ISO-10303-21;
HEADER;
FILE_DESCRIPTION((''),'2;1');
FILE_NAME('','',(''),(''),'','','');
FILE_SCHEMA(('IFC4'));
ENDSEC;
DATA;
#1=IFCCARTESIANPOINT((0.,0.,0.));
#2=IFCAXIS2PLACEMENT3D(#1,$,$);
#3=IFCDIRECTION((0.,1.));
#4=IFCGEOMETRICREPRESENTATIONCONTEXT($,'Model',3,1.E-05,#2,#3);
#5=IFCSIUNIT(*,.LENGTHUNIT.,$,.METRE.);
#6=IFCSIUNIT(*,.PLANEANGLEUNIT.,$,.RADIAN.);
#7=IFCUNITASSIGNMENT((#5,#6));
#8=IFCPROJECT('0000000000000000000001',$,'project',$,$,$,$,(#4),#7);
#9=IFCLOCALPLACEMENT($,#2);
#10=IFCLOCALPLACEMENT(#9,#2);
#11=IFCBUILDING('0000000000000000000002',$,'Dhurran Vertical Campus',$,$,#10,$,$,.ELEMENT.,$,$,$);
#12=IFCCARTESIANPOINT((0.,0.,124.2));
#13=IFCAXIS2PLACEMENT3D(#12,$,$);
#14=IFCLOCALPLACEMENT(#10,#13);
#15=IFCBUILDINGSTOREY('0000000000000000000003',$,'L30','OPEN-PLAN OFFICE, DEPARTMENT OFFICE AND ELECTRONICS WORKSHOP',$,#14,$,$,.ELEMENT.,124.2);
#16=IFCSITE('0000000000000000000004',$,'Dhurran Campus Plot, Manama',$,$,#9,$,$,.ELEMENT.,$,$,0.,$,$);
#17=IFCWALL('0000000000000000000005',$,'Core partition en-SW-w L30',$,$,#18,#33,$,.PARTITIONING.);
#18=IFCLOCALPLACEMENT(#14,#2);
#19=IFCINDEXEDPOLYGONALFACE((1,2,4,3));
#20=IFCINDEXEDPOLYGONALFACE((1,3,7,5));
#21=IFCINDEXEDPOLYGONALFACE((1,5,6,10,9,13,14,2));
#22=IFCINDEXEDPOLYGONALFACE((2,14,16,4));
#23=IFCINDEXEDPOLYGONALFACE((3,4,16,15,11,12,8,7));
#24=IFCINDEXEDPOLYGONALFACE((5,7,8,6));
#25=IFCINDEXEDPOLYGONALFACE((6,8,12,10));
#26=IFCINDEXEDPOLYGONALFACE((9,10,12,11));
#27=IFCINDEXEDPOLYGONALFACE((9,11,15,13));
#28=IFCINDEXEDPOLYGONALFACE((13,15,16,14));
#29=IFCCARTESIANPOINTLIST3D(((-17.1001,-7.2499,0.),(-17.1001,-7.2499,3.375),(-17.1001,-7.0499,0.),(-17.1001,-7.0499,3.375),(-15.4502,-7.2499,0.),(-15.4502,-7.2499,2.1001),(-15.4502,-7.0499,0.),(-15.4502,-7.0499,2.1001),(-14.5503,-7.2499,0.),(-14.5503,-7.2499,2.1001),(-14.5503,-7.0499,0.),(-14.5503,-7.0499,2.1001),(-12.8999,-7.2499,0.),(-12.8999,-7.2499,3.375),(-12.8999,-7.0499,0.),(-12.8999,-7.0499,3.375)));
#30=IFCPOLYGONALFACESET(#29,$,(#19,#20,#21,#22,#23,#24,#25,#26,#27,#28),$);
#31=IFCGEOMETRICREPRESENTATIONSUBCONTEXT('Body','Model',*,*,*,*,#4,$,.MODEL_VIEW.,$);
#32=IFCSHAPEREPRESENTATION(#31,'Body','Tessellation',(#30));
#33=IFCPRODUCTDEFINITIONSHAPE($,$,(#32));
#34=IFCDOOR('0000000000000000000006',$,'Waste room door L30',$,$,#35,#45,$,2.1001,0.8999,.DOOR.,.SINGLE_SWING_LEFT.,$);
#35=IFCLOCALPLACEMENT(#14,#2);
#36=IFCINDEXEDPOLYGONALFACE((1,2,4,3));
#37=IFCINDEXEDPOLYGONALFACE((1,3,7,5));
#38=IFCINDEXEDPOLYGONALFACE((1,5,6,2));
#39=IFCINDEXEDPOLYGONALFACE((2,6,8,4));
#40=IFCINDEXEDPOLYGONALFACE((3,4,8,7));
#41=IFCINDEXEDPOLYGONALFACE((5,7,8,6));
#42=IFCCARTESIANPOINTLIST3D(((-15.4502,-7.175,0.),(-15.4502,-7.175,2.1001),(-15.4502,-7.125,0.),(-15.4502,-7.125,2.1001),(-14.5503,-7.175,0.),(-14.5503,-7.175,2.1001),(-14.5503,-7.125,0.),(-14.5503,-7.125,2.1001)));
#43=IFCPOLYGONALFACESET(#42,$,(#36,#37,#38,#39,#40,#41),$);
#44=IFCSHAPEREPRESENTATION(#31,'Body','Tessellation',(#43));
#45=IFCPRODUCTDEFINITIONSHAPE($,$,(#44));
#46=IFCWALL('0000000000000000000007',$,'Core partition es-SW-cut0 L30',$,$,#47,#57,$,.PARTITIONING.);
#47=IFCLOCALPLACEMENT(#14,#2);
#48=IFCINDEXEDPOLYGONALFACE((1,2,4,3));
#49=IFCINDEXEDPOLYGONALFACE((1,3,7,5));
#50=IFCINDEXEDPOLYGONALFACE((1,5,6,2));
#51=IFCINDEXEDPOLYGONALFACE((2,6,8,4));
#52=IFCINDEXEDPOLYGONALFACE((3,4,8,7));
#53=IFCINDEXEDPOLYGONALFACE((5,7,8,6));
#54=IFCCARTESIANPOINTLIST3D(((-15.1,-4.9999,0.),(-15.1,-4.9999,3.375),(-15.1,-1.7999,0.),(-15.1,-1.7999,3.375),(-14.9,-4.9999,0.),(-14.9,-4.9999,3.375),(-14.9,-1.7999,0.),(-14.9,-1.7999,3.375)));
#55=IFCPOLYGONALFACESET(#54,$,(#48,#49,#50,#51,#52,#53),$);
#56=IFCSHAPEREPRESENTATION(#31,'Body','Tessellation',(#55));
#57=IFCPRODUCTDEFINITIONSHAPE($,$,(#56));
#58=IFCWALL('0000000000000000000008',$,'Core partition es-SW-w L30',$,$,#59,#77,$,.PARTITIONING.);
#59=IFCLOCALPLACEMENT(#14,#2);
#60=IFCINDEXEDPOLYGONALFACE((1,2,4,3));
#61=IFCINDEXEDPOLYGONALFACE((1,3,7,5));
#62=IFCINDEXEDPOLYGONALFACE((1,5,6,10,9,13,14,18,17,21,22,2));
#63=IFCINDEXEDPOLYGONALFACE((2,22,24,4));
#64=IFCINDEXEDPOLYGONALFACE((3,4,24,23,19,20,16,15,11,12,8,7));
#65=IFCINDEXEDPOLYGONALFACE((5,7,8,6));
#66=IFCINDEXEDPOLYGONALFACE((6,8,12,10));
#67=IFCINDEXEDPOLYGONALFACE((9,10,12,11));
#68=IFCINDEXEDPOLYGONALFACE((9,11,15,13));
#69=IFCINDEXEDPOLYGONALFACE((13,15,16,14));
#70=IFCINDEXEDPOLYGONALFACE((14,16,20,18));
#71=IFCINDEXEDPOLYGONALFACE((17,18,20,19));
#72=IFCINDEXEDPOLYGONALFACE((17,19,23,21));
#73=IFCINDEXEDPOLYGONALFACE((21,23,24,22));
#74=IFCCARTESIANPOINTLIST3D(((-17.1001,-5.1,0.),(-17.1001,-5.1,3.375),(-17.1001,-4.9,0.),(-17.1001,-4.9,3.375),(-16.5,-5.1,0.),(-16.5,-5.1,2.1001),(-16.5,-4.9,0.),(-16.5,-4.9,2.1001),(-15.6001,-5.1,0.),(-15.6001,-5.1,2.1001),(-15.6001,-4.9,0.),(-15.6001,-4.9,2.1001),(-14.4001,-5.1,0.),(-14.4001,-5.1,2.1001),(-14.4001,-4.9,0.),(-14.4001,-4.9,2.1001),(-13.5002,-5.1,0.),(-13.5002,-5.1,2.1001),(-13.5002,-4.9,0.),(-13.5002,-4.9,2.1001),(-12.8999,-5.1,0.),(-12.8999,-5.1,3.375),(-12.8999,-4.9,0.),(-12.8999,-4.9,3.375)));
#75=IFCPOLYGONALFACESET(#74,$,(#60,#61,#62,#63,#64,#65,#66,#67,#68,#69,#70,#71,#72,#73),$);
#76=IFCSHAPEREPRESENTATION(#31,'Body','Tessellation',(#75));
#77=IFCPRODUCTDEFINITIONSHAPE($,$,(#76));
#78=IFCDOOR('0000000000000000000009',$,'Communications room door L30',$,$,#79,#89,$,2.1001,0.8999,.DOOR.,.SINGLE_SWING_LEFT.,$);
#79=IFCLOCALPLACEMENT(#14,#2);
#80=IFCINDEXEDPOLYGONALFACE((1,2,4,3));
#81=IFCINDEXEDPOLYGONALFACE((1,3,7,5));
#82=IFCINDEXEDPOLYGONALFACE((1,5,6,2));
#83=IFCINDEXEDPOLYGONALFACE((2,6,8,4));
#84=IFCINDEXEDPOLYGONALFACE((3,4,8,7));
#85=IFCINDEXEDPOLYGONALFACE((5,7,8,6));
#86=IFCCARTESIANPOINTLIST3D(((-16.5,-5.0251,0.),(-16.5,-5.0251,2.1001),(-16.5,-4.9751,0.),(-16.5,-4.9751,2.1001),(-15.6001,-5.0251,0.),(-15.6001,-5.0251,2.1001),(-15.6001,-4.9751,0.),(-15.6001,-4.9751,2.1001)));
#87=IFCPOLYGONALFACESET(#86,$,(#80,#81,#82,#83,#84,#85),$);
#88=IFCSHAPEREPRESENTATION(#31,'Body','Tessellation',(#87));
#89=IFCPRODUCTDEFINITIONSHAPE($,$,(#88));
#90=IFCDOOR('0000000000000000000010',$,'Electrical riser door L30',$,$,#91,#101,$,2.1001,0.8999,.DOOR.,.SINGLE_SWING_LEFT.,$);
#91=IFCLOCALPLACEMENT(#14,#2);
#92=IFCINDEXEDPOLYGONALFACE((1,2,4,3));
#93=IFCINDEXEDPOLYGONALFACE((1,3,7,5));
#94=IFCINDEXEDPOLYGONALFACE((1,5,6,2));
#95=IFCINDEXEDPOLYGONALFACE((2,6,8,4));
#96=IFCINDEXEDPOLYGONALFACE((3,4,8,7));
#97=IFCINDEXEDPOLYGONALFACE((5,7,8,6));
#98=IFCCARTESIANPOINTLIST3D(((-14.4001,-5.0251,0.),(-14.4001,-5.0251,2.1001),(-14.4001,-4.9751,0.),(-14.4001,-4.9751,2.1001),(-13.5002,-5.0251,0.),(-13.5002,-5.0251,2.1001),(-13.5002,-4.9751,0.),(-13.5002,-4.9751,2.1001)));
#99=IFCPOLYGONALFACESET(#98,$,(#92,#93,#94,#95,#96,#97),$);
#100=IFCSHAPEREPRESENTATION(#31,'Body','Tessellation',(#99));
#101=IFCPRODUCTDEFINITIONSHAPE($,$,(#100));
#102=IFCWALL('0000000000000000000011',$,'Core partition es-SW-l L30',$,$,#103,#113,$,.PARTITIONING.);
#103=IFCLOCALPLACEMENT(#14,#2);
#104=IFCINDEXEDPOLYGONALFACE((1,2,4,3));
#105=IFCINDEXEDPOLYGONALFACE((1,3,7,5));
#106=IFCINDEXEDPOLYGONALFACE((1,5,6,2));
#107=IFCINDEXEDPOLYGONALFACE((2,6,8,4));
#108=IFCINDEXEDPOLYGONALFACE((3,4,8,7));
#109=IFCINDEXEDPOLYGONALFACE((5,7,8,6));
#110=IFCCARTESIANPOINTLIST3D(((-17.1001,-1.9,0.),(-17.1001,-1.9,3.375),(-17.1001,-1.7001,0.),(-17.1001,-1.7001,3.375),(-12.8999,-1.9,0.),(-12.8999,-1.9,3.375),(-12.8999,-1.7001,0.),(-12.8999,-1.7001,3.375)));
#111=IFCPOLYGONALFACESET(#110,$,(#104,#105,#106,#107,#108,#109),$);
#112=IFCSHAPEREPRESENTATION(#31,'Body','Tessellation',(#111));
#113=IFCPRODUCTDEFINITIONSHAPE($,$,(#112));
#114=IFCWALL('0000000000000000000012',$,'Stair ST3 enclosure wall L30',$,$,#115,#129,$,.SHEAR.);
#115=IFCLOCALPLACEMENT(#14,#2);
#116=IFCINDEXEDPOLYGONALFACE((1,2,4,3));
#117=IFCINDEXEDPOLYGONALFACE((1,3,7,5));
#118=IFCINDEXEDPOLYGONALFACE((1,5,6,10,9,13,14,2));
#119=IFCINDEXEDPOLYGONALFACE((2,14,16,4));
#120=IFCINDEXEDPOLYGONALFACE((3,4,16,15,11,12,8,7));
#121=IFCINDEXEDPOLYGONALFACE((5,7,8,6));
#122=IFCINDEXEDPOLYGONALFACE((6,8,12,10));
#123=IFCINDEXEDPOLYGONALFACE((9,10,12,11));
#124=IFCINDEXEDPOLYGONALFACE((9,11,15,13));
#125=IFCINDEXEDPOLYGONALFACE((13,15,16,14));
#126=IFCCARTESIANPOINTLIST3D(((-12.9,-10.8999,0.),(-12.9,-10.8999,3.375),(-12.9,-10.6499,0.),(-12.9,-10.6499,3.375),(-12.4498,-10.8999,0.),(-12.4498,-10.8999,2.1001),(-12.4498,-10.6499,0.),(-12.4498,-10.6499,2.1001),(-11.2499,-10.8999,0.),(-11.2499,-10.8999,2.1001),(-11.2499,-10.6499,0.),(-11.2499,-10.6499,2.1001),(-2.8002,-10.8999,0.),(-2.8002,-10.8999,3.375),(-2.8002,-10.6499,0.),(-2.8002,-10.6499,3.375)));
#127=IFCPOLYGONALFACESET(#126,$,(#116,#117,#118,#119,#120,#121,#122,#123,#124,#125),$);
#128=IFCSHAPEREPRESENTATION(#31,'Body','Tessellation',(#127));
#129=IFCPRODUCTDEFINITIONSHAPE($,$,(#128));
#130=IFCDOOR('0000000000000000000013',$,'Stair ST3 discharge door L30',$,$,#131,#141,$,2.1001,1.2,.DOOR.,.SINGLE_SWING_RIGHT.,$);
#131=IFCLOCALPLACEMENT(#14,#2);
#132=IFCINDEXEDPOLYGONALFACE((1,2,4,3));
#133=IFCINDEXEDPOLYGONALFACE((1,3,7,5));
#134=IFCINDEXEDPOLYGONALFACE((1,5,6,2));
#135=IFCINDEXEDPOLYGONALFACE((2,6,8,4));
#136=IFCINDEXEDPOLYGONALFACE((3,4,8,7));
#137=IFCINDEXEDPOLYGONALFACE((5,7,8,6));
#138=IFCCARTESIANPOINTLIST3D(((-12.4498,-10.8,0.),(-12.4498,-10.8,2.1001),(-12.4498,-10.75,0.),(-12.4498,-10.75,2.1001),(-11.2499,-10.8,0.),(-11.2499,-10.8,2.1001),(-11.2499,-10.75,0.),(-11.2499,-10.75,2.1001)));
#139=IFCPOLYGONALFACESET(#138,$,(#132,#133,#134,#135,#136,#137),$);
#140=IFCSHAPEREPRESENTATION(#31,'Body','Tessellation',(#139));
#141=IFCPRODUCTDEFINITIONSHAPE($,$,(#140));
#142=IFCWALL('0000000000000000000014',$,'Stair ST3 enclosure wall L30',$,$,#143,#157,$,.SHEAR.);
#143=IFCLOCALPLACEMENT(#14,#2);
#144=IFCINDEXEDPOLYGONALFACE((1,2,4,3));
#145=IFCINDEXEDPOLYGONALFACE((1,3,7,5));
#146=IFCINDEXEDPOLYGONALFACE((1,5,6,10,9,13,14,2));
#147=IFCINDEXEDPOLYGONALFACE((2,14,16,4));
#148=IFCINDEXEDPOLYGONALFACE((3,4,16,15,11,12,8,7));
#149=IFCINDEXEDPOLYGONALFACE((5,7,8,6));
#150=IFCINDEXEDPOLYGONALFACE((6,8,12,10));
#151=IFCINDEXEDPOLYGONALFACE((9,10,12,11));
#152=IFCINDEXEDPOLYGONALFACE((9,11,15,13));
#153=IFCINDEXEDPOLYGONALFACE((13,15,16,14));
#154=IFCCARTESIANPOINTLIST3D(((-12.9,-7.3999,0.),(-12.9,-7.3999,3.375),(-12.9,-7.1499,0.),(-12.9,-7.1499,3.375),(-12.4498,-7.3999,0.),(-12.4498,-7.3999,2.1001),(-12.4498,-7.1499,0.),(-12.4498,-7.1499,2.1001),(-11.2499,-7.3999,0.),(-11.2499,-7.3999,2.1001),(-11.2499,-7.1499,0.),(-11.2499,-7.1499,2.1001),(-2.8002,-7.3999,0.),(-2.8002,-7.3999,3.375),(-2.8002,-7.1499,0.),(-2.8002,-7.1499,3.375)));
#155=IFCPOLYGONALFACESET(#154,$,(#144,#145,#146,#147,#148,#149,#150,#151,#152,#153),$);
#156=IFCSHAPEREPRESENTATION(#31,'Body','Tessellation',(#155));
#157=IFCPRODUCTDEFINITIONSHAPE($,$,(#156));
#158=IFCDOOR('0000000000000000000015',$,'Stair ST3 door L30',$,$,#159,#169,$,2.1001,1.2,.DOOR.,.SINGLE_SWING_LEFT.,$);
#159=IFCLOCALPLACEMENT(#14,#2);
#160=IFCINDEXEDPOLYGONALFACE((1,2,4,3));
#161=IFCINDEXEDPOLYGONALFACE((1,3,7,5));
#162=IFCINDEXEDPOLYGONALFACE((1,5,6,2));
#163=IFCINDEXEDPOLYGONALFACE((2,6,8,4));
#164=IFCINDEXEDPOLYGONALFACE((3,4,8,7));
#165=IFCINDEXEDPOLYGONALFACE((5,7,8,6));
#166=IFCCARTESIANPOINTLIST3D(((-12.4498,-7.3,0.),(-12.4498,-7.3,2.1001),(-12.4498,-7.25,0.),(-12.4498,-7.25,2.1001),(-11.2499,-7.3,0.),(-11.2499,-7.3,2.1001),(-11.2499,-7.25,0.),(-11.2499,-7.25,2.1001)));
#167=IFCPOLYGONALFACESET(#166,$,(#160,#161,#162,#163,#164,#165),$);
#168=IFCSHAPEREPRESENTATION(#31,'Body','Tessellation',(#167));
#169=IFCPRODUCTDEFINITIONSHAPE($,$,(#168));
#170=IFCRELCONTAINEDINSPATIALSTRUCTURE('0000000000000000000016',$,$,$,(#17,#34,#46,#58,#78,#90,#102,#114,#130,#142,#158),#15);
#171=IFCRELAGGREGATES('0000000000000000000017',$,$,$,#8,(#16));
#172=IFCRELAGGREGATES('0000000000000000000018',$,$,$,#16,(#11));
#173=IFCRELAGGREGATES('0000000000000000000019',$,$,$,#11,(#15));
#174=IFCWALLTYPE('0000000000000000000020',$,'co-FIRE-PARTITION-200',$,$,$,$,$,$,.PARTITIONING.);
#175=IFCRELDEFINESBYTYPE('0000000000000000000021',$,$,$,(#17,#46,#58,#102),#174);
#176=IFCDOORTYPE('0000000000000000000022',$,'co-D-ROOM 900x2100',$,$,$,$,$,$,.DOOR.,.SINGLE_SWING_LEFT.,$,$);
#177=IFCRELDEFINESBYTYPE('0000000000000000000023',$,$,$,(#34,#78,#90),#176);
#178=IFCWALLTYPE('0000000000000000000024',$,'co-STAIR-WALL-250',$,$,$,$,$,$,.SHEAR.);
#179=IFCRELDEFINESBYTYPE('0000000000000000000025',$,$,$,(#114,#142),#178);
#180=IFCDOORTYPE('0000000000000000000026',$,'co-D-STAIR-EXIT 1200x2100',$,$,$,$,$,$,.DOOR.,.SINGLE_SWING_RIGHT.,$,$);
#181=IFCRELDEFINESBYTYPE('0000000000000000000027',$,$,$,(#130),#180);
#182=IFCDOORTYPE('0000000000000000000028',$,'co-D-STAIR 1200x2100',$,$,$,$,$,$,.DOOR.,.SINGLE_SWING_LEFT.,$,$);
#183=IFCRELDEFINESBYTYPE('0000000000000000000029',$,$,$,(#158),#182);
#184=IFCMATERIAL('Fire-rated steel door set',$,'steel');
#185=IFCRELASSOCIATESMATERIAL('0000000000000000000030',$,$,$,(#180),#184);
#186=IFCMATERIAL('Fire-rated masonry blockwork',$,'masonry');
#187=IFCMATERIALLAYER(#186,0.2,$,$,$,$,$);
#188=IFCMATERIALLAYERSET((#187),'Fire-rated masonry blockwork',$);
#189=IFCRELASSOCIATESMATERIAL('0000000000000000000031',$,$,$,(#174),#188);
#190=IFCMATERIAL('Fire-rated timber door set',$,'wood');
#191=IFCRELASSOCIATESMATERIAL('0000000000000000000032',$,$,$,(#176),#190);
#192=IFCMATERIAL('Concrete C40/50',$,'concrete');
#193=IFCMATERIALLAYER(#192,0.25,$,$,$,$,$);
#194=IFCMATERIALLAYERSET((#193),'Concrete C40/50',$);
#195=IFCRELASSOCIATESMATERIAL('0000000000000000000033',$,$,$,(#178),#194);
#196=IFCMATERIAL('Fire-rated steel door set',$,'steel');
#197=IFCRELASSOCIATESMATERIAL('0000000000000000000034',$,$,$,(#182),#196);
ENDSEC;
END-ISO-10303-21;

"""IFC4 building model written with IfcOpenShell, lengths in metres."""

from ifc_helpers import new_model, si_unit, direction, frame, frame_2d, origin, place, context, subcontext, project, spatial, rectangle, extrude, material, layer, layer_set, type_object, element, fill, save


model = new_model("IFC4")

# Units and contexts
model_context = context("Model", 3, precision=1e-05, world=origin(), true_north=direction((0.0, 1.0)))
body_context = subcontext(model_context, "Body", "Model", "MODEL_VIEW")
ifc_project = project(units=[si_unit("LENGTHUNIT", "METRE"), si_unit("PLANEANGLEUNIT", "RADIAN")], contexts=[model_context])

# Site, building, storey
site_placement = place(None, origin())
site = spatial("IfcSite", under=ifc_project, at=site_placement, Name="Dhurran Campus Plot, Manama", CompositionType="ELEMENT", RefElevation=0.0)
building_placement = place(site_placement, origin())
building = spatial("IfcBuilding", under=site, at=building_placement, Name="Dhurran Vertical Campus", CompositionType="ELEMENT")
storey_placement = place(building_placement, frame((0.0, 0.0, 124.2)))
storey = spatial("IfcBuildingStorey", under=building, at=storey_placement, Name="L30", Description="OPEN-PLAN OFFICE, DEPARTMENT OFFICE AND ELECTRONICS WORKSHOP", CompositionType="ELEMENT", Elevation=124.2)

# Shared definitions
ifc_material_1 = material(Name="Fire-rated steel door set", Category="steel")
door_type_1 = type_object("IfcDoorType", Name="co-D-STAIR-EXIT 1200x2100", OperationType="SINGLE_SWING_RIGHT", PredefinedType="DOOR", material=ifc_material_1)

# Wall, opening, door
ifc_material_2 = material(Name="Fire-rated masonry blockwork", Category="masonry")
ifc_layer_1 = layer(ifc_material_2, 0.2)
ifc_layer_set_1 = layer_set([ifc_layer_1], Name="Fire-rated masonry blockwork")
wall_type_1 = type_object("IfcWallType", Name="co-FIRE-PARTITION-200", PredefinedType="PARTITIONING", material=ifc_layer_set_1)
wall_1_placement = place(storey_placement, frame((-17.1001, -7.1499, 0.0), z_axis=(0.0, 0.0, 1.0), x_axis=(1.0, 0.0, 0.0)))
wall_1 = element("IfcWall", 1, at=wall_1_placement, inside=storey, type_object=wall_type_1, Name="Core partition en-SW-w L30", PredefinedType="PARTITIONING", context=body_context, shape_type="SweptSolid", body=[
    extrude(rectangle(XDim=4.2002, YDim=0.2, at=frame_2d((2.1001, 0.0))), origin(), (0.0, 0.0, 1.0), 3.375),
])
opening_1_placement = place(wall_1_placement, frame((1.6499, 0.0, 0.0)))
opening_1 = element("IfcOpeningElement", 2, at=opening_1_placement, cuts=wall_1, PredefinedType="OPENING", context=body_context, shape_type="SweptSolid", body=[
    extrude(rectangle(XDim=0.8999, YDim=2.1001, at=frame_2d((0.45, 1.05))), frame((0.0, 0.1099, 0.0), z_axis=(0.0, -1.0, 0.0), x_axis=(1.0, 0.0, 0.0)), (0.0, 0.0, 1.0), 0.22),
])
ifc_material_3 = material(Name="Fire-rated timber door set", Category="wood")
door_type_2 = type_object("IfcDoorType", Name="co-D-ROOM 900x2100", OperationType="SINGLE_SWING_LEFT", PredefinedType="DOOR", material=ifc_material_3)
door_1_placement = place(opening_1_placement, origin())
door_1 = element("IfcDoor", 3, at=door_1_placement, inside=storey, type_object=door_type_2, Name="Waste room door L30", OperationType="SINGLE_SWING_LEFT", OverallHeight=2.1001, OverallWidth=0.8999, PredefinedType="DOOR", context=body_context, shape_type="SweptSolid", body=[
    extrude(rectangle(XDim=0.8999, YDim=2.1001, at=frame_2d((0.45, 1.05))), frame((0.0, 0.0249, 0.0), z_axis=(0.0, -1.0, 0.0), x_axis=(1.0, 0.0, 0.0)), (0.0, 0.0, 1.0), 0.05),
])
fill(opening_1, door_1)

# Wall
wall_2_placement = place(storey_placement, frame((-15.0, -5.0, 0.0), z_axis=(0.0, 0.0, 1.0), x_axis=(0.0, 1.0, 0.0)))
element("IfcWall", 4, at=wall_2_placement, inside=storey, type_object=wall_type_1, Name="Core partition es-SW-cut0 L30", PredefinedType="PARTITIONING", context=body_context, shape_type="SweptSolid", body=[
    extrude(rectangle(XDim=3.2, YDim=0.2, at=frame_2d((1.6001, 0.0))), origin(), (0.0, 0.0, 1.0), 3.375),
])

# Wall, openings, doors
wall_3_placement = place(storey_placement, frame((-17.1001, -5.0, 0.0), z_axis=(0.0, 0.0, 1.0), x_axis=(1.0, 0.0, 0.0)))
wall_3 = element("IfcWall", 5, at=wall_3_placement, inside=storey, type_object=wall_type_1, Name="Core partition es-SW-w L30", PredefinedType="PARTITIONING", context=body_context, shape_type="SweptSolid", body=[
    extrude(rectangle(XDim=4.2002, YDim=0.2, at=frame_2d((2.1001, 0.0))), origin(), (0.0, 0.0, 1.0), 3.375),
])
opening_2_placement = place(wall_3_placement, frame((0.6001, 0.0, 0.0)))
opening_2 = element("IfcOpeningElement", 6, at=opening_2_placement, cuts=wall_3, PredefinedType="OPENING", context=body_context, shape_type="SweptSolid", body=[
    extrude(rectangle(XDim=0.8999, YDim=2.1001, at=frame_2d((0.45, 1.05))), frame((0.0, 0.1099, 0.0), z_axis=(0.0, -1.0, 0.0), x_axis=(1.0, 0.0, 0.0)), (0.0, 0.0, 1.0), 0.22),
])
opening_3_placement = place(wall_3_placement, frame((2.7, 0.0, 0.0)))
opening_3 = element("IfcOpeningElement", 7, at=opening_3_placement, cuts=wall_3, PredefinedType="OPENING", context=body_context, shape_type="SweptSolid", body=[
    extrude(rectangle(XDim=0.8999, YDim=2.1001, at=frame_2d((0.45, 1.05))), frame((0.0, 0.1099, 0.0), z_axis=(0.0, -1.0, 0.0), x_axis=(1.0, 0.0, 0.0)), (0.0, 0.0, 1.0), 0.22),
])
door_2_placement = place(opening_2_placement, origin())
door_2 = element("IfcDoor", 8, at=door_2_placement, inside=storey, type_object=door_type_2, Name="Communications room door L30", OperationType="SINGLE_SWING_LEFT", OverallHeight=2.1001, OverallWidth=0.8999, PredefinedType="DOOR", context=body_context, shape_type="SweptSolid", body=[
    extrude(rectangle(XDim=0.8999, YDim=2.1001, at=frame_2d((0.45, 1.05))), frame((0.0, 0.0249, 0.0), z_axis=(0.0, -1.0, 0.0), x_axis=(1.0, 0.0, 0.0)), (0.0, 0.0, 1.0), 0.05),
])
fill(opening_2, door_2)
door_3_placement = place(opening_3_placement, origin())
door_3 = element("IfcDoor", 9, at=door_3_placement, inside=storey, type_object=door_type_2, Name="Electrical riser door L30", OperationType="SINGLE_SWING_LEFT", OverallHeight=2.1001, OverallWidth=0.8999, PredefinedType="DOOR", context=body_context, shape_type="SweptSolid", body=[
    extrude(rectangle(XDim=0.8999, YDim=2.1001, at=frame_2d((0.45, 1.05))), frame((0.0, 0.0249, 0.0), z_axis=(0.0, -1.0, 0.0), x_axis=(1.0, 0.0, 0.0)), (0.0, 0.0, 1.0), 0.05),
])
fill(opening_3, door_3)

# Wall
wall_4_placement = place(storey_placement, frame((-17.1001, -1.8, 0.0), z_axis=(0.0, 0.0, 1.0), x_axis=(1.0, 0.0, 0.0)))
element("IfcWall", 10, at=wall_4_placement, inside=storey, type_object=wall_type_1, Name="Core partition es-SW-l L30", PredefinedType="PARTITIONING", context=body_context, shape_type="SweptSolid", body=[
    extrude(rectangle(XDim=4.2002, YDim=0.2, at=frame_2d((2.1001, 0.0))), origin(), (0.0, 0.0, 1.0), 3.375),
])

# Walls, openings, doors
ifc_material_4 = material(Name="Concrete C40/50", Category="concrete")
ifc_layer_2 = layer(ifc_material_4, 0.25)
ifc_layer_set_2 = layer_set([ifc_layer_2], Name="Concrete C40/50")
wall_type_2 = type_object("IfcWallType", Name="co-STAIR-WALL-250", PredefinedType="SHEAR", material=ifc_layer_set_2)
wall_5_placement = place(storey_placement, frame((-12.8999, -10.7749, 0.0), z_axis=(0.0, 0.0, 1.0), x_axis=(1.0, 0.0, 0.0)))
wall_5 = element("IfcWall", 11, at=wall_5_placement, inside=storey, type_object=wall_type_2, Name="Stair ST3 enclosure wall L30", PredefinedType="SHEAR", context=body_context, shape_type="SweptSolid", body=[
    extrude(rectangle(XDim=10.0999, YDim=0.25, at=frame_2d((5.0498, 0.0))), origin(), (0.0, 0.0, 1.0), 3.375),
])
opening_4_placement = place(wall_5_placement, frame((0.45, 0.0, 0.0)))
opening_4 = element("IfcOpeningElement", 12, at=opening_4_placement, cuts=wall_5, PredefinedType="OPENING", context=body_context, shape_type="SweptSolid", body=[
    extrude(rectangle(XDim=1.2, YDim=2.1001, at=frame_2d((0.6001, 1.05))), frame((0.0, 0.135, 0.0), z_axis=(0.0, -1.0, 0.0), x_axis=(1.0, 0.0, 0.0)), (0.0, 0.0, 1.0), 0.27),
])
door_4_placement = place(opening_4_placement, origin())
door_4 = element("IfcDoor", 13, at=door_4_placement, inside=storey, type_object=door_type_1, Name="Stair ST3 discharge door L30", OperationType="SINGLE_SWING_RIGHT", OverallHeight=2.1001, OverallWidth=1.2, PredefinedType="DOOR", context=body_context, shape_type="SweptSolid", body=[
    extrude(rectangle(XDim=1.2, YDim=2.1001, at=frame_2d((0.6001, 1.05))), frame((0.0, 0.0249, 0.0), z_axis=(0.0, -1.0, 0.0), x_axis=(1.0, 0.0, 0.0)), (0.0, 0.0, 1.0), 0.05),
])
fill(opening_4, door_4)
wall_6_placement = place(storey_placement, frame((-12.8999, -7.2749, 0.0), z_axis=(0.0, 0.0, 1.0), x_axis=(1.0, 0.0, 0.0)))
wall_6 = element("IfcWall", 14, at=wall_6_placement, inside=storey, type_object=wall_type_2, Name="Stair ST3 enclosure wall L30", PredefinedType="SHEAR", context=body_context, shape_type="SweptSolid", body=[
    extrude(rectangle(XDim=10.0999, YDim=0.25, at=frame_2d((5.0498, 0.0))), origin(), (0.0, 0.0, 1.0), 3.375),
])
opening_5_placement = place(wall_6_placement, frame((0.45, 0.0, 0.0)))
opening_5 = element("IfcOpeningElement", 15, at=opening_5_placement, cuts=wall_6, PredefinedType="OPENING", context=body_context, shape_type="SweptSolid", body=[
    extrude(rectangle(XDim=1.2, YDim=2.1001, at=frame_2d((0.6001, 1.05))), frame((0.0, 0.135, 0.0), z_axis=(0.0, -1.0, 0.0), x_axis=(1.0, 0.0, 0.0)), (0.0, 0.0, 1.0), 0.27),
])
ifc_material_5 = material(Name="Fire-rated steel door set", Category="steel")
door_type_3 = type_object("IfcDoorType", Name="co-D-STAIR 1200x2100", OperationType="SINGLE_SWING_LEFT", PredefinedType="DOOR", material=ifc_material_5)
door_5_placement = place(opening_5_placement, origin())
door_5 = element("IfcDoor", 16, at=door_5_placement, inside=storey, type_object=door_type_3, Name="Stair ST3 door L30", OperationType="SINGLE_SWING_LEFT", OverallHeight=2.1001, OverallWidth=1.2, PredefinedType="DOOR", context=body_context, shape_type="SweptSolid", body=[
    extrude(rectangle(XDim=1.2, YDim=2.1001, at=frame_2d((0.6001, 1.05))), frame((0.0, 0.0249, 0.0), z_axis=(0.0, -1.0, 0.0), x_axis=(1.0, 0.0, 0.0)), (0.0, 0.0, 1.0), 0.05),
])
fill(opening_5, door_5)

save(model, "model.ifc")
